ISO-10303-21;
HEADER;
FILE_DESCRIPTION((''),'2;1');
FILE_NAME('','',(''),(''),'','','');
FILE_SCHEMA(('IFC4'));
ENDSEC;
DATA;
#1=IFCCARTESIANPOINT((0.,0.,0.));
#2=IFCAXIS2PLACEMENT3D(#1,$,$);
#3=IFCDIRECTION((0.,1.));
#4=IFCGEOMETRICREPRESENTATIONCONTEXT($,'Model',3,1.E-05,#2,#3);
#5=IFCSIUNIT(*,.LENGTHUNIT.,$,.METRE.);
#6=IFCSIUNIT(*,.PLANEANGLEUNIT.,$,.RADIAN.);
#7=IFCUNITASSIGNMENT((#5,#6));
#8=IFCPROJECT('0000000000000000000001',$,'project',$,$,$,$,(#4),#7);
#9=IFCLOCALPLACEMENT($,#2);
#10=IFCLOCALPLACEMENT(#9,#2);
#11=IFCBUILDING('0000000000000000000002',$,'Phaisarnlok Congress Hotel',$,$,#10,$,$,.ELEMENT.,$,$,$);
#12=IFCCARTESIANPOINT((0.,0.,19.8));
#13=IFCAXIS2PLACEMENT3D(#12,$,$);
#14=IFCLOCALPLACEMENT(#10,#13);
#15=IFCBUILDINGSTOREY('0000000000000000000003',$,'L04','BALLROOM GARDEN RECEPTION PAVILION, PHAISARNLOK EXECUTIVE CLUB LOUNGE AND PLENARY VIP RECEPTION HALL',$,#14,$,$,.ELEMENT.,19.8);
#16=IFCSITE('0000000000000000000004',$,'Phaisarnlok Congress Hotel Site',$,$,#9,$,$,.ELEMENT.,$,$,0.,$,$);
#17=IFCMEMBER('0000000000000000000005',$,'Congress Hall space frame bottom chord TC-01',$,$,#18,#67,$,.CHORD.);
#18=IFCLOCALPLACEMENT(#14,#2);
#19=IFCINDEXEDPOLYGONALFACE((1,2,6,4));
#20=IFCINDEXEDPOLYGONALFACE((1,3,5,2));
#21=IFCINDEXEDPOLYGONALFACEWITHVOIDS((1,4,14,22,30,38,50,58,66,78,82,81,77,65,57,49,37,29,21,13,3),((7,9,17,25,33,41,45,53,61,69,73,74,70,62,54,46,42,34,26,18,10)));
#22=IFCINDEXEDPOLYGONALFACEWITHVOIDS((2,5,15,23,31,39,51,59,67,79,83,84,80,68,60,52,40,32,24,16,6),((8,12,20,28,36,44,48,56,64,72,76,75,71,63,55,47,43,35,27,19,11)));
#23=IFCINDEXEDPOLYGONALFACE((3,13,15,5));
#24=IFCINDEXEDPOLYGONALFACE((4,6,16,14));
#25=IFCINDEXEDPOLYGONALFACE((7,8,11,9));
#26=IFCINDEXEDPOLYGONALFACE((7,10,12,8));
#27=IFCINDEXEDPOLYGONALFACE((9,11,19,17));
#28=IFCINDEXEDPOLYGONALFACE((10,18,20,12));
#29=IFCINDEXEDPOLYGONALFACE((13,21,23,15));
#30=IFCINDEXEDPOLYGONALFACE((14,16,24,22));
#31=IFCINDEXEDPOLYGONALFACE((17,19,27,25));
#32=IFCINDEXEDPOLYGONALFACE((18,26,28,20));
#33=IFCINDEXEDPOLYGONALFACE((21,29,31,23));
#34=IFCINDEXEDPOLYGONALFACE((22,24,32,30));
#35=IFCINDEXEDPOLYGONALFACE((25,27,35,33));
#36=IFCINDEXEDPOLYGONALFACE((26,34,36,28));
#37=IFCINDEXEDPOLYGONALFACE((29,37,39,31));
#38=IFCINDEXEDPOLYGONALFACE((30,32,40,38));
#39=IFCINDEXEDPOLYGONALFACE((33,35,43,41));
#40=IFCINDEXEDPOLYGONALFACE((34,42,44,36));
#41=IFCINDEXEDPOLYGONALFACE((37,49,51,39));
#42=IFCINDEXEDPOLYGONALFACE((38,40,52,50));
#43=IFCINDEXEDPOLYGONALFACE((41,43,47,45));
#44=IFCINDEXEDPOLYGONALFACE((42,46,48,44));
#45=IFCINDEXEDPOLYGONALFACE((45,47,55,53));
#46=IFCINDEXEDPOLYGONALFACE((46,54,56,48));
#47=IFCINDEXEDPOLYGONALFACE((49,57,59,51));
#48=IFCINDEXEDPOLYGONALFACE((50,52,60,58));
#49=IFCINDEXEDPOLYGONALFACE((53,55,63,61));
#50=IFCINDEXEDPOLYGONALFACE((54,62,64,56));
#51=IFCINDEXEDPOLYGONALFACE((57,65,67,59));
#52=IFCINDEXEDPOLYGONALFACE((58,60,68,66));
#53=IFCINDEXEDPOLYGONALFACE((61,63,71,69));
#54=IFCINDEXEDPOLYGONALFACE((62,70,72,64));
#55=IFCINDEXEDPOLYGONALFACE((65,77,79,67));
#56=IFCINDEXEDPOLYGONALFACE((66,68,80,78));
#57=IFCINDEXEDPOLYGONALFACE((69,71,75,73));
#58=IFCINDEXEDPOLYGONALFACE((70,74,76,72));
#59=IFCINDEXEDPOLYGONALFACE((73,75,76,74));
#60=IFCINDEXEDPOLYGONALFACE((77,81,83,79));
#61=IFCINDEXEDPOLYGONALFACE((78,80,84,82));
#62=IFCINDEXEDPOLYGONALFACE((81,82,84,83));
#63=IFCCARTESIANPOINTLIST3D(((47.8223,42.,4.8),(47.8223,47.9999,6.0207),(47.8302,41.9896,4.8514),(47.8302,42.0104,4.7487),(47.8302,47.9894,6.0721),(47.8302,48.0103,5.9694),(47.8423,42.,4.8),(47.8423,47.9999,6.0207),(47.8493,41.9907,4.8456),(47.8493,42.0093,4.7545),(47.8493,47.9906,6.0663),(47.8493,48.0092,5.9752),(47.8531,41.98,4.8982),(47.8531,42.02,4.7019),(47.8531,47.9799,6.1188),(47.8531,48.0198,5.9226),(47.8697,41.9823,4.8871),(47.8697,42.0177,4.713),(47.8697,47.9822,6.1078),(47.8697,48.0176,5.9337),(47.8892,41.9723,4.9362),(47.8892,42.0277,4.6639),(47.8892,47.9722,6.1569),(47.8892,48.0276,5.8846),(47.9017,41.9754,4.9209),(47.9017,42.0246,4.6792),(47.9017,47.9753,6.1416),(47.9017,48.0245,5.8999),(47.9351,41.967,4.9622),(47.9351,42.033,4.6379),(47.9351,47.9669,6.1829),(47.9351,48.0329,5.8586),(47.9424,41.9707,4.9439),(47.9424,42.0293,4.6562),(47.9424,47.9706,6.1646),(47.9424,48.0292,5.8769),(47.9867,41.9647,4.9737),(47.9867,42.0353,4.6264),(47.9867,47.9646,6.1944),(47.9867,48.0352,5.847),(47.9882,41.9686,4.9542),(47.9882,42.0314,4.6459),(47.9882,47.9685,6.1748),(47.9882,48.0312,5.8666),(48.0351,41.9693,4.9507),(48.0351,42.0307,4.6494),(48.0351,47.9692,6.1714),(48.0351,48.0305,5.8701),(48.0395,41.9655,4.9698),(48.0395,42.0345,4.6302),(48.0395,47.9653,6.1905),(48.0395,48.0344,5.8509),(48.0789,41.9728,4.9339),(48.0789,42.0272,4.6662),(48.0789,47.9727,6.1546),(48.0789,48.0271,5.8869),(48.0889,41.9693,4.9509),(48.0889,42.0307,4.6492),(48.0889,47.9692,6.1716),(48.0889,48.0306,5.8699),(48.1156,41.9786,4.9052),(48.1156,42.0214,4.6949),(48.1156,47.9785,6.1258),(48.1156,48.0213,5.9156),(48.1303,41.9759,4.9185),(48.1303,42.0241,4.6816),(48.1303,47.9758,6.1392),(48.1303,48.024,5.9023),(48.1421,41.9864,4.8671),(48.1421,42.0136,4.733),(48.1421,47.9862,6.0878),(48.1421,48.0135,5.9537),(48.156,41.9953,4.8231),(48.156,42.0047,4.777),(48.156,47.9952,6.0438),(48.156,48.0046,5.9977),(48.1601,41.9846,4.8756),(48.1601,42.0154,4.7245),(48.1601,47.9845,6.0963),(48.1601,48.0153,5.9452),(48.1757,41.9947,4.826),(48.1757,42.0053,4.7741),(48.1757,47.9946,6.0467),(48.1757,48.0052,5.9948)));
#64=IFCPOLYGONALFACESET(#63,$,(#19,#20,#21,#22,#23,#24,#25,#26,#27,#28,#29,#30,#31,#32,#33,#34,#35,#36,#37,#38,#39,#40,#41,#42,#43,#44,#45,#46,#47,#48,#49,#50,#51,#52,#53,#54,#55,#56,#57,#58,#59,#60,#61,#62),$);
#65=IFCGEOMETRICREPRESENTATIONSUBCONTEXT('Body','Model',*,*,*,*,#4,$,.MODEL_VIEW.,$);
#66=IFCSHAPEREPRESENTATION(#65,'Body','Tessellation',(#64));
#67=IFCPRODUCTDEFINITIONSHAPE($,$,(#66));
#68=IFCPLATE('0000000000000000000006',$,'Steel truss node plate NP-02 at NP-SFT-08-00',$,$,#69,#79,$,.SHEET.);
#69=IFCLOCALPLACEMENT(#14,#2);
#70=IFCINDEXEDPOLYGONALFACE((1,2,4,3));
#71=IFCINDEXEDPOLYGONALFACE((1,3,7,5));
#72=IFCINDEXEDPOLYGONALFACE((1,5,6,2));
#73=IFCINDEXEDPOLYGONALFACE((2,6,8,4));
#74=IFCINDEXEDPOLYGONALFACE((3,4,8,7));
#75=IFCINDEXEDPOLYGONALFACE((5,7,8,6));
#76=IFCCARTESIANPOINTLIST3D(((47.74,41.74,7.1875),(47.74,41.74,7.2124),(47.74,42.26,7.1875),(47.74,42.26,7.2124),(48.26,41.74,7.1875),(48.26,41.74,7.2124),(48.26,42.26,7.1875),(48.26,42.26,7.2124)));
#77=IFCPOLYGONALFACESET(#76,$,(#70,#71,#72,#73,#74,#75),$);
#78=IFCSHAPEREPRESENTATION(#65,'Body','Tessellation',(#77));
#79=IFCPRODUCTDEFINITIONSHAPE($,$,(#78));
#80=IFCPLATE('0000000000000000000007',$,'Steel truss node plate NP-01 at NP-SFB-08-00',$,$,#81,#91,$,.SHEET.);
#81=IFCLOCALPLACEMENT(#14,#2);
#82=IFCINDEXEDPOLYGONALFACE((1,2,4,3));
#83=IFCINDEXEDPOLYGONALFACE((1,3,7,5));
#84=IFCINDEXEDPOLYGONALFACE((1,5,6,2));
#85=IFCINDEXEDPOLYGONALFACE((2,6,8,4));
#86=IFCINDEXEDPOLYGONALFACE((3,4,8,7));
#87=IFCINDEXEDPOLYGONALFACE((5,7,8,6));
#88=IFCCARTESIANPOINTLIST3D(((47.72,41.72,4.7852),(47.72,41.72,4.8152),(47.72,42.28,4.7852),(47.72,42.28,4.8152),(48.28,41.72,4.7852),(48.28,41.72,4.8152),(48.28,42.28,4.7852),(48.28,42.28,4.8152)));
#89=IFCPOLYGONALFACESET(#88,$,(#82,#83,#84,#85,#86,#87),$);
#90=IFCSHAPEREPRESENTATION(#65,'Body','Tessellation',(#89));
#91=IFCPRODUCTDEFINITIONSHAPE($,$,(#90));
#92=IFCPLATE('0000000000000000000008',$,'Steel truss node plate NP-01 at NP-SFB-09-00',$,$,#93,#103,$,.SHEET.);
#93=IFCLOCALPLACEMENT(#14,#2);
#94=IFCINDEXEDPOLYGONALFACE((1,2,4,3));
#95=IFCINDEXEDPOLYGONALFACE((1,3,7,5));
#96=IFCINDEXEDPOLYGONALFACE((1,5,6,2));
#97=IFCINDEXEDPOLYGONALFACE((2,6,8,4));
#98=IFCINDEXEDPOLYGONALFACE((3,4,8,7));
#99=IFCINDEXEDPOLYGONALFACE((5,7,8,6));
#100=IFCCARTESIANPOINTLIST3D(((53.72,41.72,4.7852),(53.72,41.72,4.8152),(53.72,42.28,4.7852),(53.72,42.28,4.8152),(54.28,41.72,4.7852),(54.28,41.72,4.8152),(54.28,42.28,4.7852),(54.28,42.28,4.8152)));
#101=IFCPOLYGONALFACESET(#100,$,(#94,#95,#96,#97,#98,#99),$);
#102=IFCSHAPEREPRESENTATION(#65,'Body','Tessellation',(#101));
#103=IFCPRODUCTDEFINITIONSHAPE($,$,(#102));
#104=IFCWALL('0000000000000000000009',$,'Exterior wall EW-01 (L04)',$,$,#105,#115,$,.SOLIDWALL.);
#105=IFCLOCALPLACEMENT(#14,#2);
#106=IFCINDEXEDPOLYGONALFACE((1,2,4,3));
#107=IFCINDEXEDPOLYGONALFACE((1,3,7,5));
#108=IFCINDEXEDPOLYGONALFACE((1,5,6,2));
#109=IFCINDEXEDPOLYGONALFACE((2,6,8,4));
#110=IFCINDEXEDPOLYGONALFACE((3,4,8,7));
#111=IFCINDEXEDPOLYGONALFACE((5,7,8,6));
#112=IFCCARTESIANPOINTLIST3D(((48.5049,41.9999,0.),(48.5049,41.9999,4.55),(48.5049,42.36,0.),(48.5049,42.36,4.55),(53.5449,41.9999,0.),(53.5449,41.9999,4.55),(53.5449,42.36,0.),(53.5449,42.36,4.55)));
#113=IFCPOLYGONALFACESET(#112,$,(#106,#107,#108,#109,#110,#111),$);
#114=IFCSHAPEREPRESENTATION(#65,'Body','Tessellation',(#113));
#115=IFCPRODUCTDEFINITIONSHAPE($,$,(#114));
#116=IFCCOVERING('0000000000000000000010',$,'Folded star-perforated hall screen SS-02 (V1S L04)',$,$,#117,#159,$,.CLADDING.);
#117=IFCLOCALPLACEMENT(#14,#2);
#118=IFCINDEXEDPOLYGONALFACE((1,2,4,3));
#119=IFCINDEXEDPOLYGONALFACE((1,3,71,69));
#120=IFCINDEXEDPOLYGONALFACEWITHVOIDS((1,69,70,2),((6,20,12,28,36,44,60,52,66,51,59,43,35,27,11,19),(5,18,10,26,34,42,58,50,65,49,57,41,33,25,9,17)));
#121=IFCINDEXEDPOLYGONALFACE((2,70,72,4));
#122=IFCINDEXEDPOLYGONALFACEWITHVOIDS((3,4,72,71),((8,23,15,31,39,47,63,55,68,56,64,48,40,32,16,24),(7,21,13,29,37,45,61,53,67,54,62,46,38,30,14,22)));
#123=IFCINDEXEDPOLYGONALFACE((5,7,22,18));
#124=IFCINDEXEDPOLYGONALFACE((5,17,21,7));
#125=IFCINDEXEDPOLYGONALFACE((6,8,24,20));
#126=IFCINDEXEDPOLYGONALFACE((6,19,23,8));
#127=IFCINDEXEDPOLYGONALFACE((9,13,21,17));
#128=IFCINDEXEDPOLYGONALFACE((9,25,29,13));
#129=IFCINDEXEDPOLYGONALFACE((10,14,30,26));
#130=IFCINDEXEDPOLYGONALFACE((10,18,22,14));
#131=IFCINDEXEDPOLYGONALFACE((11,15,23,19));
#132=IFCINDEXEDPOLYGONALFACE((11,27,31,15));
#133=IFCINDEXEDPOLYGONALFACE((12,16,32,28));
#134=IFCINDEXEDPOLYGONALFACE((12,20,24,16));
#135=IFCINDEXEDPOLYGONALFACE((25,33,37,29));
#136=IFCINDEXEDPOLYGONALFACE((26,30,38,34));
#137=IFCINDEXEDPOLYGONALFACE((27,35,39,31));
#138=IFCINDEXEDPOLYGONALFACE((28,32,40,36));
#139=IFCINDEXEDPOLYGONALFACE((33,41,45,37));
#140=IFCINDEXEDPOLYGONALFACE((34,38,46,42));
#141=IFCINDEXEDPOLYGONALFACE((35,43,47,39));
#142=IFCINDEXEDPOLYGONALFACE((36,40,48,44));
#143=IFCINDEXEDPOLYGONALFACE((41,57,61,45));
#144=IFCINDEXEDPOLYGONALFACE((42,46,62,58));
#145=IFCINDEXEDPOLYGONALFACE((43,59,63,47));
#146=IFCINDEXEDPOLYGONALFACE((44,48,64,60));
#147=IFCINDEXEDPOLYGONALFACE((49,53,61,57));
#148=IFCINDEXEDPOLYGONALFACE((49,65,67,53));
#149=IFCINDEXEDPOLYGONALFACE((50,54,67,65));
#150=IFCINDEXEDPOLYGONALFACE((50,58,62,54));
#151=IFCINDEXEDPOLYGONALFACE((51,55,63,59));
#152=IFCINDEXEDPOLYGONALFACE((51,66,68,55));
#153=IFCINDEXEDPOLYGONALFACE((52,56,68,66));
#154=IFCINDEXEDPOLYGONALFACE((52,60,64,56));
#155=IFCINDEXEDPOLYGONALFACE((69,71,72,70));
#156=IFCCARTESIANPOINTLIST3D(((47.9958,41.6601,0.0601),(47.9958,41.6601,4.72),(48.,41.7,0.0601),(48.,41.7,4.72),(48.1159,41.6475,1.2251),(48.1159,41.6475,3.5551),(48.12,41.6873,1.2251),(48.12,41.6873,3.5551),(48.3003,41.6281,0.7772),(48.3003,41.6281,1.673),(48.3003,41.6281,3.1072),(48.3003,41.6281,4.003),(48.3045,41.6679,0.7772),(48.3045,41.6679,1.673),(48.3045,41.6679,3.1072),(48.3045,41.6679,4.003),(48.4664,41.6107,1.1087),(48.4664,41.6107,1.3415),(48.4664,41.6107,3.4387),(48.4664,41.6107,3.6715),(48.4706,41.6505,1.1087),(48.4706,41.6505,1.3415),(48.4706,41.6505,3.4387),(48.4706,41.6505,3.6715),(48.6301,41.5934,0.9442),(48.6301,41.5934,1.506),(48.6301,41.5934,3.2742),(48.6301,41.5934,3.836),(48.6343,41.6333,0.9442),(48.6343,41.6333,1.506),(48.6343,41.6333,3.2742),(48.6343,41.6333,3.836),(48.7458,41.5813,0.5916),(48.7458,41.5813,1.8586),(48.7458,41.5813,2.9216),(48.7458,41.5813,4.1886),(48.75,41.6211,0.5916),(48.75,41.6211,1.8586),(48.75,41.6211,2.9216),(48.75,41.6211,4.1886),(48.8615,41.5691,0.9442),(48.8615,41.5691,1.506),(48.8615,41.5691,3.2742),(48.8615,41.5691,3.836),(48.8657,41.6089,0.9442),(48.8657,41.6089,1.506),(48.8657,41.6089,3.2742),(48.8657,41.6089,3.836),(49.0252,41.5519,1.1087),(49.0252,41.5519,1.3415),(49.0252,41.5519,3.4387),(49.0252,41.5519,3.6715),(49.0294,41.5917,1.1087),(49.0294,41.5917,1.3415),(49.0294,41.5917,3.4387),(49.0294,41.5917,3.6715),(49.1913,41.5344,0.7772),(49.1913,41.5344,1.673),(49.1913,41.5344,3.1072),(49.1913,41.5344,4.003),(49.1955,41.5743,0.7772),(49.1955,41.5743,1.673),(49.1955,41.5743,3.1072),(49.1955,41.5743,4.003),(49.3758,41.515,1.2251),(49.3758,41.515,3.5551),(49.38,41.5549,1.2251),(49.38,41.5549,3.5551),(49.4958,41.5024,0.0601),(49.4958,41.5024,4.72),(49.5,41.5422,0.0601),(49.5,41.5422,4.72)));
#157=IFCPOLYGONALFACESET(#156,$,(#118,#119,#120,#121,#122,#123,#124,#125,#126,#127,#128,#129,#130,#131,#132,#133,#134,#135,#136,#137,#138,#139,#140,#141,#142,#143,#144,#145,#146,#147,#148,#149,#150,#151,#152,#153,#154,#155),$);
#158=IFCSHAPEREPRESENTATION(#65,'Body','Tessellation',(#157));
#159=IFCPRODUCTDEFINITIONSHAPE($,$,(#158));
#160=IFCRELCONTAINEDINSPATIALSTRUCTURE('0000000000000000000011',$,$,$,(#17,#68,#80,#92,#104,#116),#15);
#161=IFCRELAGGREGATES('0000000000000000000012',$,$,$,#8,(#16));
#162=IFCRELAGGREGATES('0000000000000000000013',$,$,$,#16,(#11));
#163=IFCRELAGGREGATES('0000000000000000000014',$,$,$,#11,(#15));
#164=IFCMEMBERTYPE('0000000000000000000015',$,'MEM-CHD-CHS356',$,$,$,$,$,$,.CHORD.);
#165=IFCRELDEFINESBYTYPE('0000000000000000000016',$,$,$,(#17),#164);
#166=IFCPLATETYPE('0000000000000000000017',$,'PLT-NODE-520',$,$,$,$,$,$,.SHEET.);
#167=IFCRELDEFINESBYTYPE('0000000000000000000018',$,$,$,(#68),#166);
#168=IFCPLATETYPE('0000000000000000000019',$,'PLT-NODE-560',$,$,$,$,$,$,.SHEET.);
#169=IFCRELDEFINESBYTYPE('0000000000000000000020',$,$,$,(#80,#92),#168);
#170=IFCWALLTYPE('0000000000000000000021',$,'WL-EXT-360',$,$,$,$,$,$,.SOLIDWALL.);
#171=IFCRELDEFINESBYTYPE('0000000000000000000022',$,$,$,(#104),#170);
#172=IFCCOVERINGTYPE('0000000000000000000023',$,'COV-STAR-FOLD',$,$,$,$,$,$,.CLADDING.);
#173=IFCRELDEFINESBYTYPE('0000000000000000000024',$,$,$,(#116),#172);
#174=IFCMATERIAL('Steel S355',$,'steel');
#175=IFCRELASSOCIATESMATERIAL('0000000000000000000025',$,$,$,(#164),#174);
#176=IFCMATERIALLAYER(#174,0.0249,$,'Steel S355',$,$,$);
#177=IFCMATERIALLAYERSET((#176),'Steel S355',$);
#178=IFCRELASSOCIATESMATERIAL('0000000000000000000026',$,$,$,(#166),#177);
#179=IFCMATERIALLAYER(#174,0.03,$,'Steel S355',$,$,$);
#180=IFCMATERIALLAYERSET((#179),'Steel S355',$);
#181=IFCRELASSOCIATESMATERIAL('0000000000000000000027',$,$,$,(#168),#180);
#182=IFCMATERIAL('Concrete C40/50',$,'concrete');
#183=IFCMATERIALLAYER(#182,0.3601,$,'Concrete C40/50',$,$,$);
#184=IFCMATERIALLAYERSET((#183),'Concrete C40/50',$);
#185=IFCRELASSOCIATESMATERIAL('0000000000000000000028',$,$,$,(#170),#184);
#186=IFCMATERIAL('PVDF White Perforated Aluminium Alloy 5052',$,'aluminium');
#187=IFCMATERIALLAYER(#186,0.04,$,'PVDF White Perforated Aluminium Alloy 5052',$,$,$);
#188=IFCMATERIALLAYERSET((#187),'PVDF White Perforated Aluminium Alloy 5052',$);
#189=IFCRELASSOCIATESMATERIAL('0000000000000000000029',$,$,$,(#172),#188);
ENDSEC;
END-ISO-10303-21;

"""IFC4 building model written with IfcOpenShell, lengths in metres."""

from ifc_helpers import new_model, si_unit, direction, frame, frame_2d, origin, origin_2d, place, context, subcontext, project, spatial, polyline, rectangle, hollow_circle, outline, extrude, material, layer, layer_set, material_profile, profile_set, type_object, element, save


model = new_model("IFC4")

# Units and contexts
model_context = context("Model", 3, precision=1e-05, world=origin(), true_north=direction((0.0, 1.0)))
body_context = subcontext(model_context, "Body", "Model", "MODEL_VIEW")
ifc_project = project(units=[si_unit("LENGTHUNIT", "METRE"), si_unit("PLANEANGLEUNIT", "RADIAN")], contexts=[model_context])

# Site, building, storey
site_placement = place(None, origin())
site = spatial("IfcSite", under=ifc_project, at=site_placement, Name="Phaisarnlok Congress Hotel Site", CompositionType="ELEMENT", RefElevation=0.0)
building_placement = place(site_placement, origin())
building = spatial("IfcBuilding", under=site, at=building_placement, Name="Phaisarnlok Congress Hotel", CompositionType="ELEMENT")
storey_placement = place(building_placement, frame((0.0, 0.0, 19.8)))
storey = spatial("IfcBuildingStorey", under=building, at=storey_placement, Name="L04", Description="BALLROOM GARDEN RECEPTION PAVILION, PHAISARNLOK EXECUTIVE CLUB LOUNGE AND PLENARY VIP RECEPTION HALL", CompositionType="ELEMENT", Elevation=19.8)

# Member
ifc_material_1 = material(Name="Steel S355", Category="steel")
ifc_material_profile_1 = material_profile(ifc_material_1, hollow_circle(Radius=0.1777, WallThickness=0.02, at=origin_2d()), Name="CHS 355.6x20")
ifc_profile_set_1 = profile_set([ifc_material_profile_1], Name="Steel S355")
member_type_1 = type_object("IfcMemberType", Name="MEM-CHD-CHS356", PredefinedType="CHORD", material=ifc_profile_set_1)
member_1_placement = place(storey_placement, frame((48.0, 42.0, 4.8), z_axis=(0.0, 0.979925, 0.199366), x_axis=(-1.0, 0.0, 0.0)))
element("IfcMember", 1, at=member_1_placement, inside=storey, type_object=member_type_1, Name="Congress Hall space frame bottom chord TC-01", PredefinedType="CHORD", context=body_context, shape_type="SweptSolid", body=[
    extrude(hollow_circle(Radius=0.1777, WallThickness=0.02, at=origin_2d()), origin(), (0.0, 0.0, 1.0), 6.1228),
])

# Plates
ifc_layer_1 = layer(ifc_material_1, 0.0249, Name="Steel S355")
ifc_layer_set_1 = layer_set([ifc_layer_1], Name="Steel S355")
plate_type_1 = type_object("IfcPlateType", Name="PLT-NODE-520", PredefinedType="SHEET", material=ifc_layer_set_1)
plate_placement = place(storey_placement, frame((48.0, 42.0, 7.1875), z_axis=(0.0, 0.0, 1.0), x_axis=(1.0, 0.0, 0.0)))
element("IfcPlate", 2, at=plate_placement, inside=storey, type_object=plate_type_1, Name="Steel truss node plate NP-02 at NP-SFT-08-00", PredefinedType="SHEET", context=body_context, shape_type="SweptSolid", body=[
    extrude(rectangle(XDim=0.52, YDim=0.52, at=origin_2d()), origin(), (0.0, 0.0, 1.0), 0.0249),
])
ifc_layer_2 = layer(ifc_material_1, 0.03, Name="Steel S355")
ifc_layer_set_2 = layer_set([ifc_layer_2], Name="Steel S355")
plate_type_2 = type_object("IfcPlateType", Name="PLT-NODE-560", PredefinedType="SHEET", material=ifc_layer_set_2)
for number, where, z_axis, x_axis, name in (
    (3, (48.0, 42.0, 4.7852), (0.0, 0.0, 1.0), (1.0, 0.0, 0.0), "Steel truss node plate NP-01 at NP-SFB-08-00"),
    (4, (54.0, 42.0, 4.7852), (0.0, 0.0, 1.0), (1.0, 0.0, 0.0), "Steel truss node plate NP-01 at NP-SFB-09-00"),
):
    element("IfcPlate", number, at=place(storey_placement, frame(where, z_axis=z_axis, x_axis=x_axis)), inside=storey, type_object=plate_type_2, Name=name, PredefinedType="SHEET", context=body_context, shape_type="SweptSolid", body=[
        extrude(rectangle(XDim=0.5601, YDim=0.5601, at=origin_2d()), origin(), (0.0, 0.0, 1.0), 0.03),
    ])

# Wall
ifc_material_2 = material(Name="Concrete C40/50", Category="concrete")
ifc_layer_3 = layer(ifc_material_2, 0.3601, Name="Concrete C40/50")
ifc_layer_set_3 = layer_set([ifc_layer_3], Name="Concrete C40/50")
wall_type = type_object("IfcWallType", Name="WL-EXT-360", PredefinedType="SOLIDWALL", material=ifc_layer_set_3)
wall_placement = place(storey_placement, frame((48.5049, 42.1799, 0.0), z_axis=(0.0, 0.0, 1.0), x_axis=(1.0, 0.0, 0.0)))
element("IfcWall", 5, at=wall_placement, inside=storey, type_object=wall_type, Name="Exterior wall EW-01 (L04)", PredefinedType="SOLIDWALL", context=body_context, shape_type="SweptSolid", body=[
    extrude(rectangle(XDim=5.04, YDim=0.3601, at=frame_2d((2.52, 0.0))), origin(), (0.0, 0.0, 1.0), 4.55),
])

# Covering
ifc_material_3 = material(Name="PVDF White Perforated Aluminium Alloy 5052", Category="aluminium")
ifc_layer_4 = layer(ifc_material_3, 0.04, Name="PVDF White Perforated Aluminium Alloy 5052")
ifc_layer_set_4 = layer_set([ifc_layer_4], Name="PVDF White Perforated Aluminium Alloy 5052")
covering_type = type_object("IfcCoveringType", Name="COV-STAR-FOLD", PredefinedType="CLADDING", material=ifc_layer_set_4)
for number, where, z_axis, x_axis, name in (
    (6, (48.0, 41.7, 0.0601), (-0.104567, -0.994518, 0.0), (0.994518, -0.104567, 0.0), "Folded star-perforated hall screen SS-02 (V1S L04)"),
):
    element("IfcCovering", number, at=place(storey_placement, frame(where, z_axis=z_axis, x_axis=x_axis)), inside=storey, type_object=covering_type, Name=name, PredefinedType="CLADDING", context=body_context, shape_type="SweptSolid", body=[
        extrude(outline(polyline([(0.0, 0.0), (1.5083, 0.0), (1.5083, 4.6599), (0.0, 4.6599), (0.0, 0.0)]), holes=[polyline([(1.0351, 1.0486), (1.2021, 0.7171), (0.8705, 0.8841), (0.7541, 0.5315), (0.6378, 0.8841), (0.3062, 0.7171), (0.4732, 1.0486), (0.1207, 1.165), (0.4732, 1.2814), (0.3062, 1.6129), (0.6378, 1.4459), (0.7541, 1.7985), (0.8705, 1.4459), (1.2021, 1.6129), (1.0351, 1.2814), (1.3876, 1.165), (1.0351, 1.0486)]), polyline([(1.0351, 3.3786), (1.2021, 3.0471), (0.8705, 3.2141), (0.7541, 2.8615), (0.6378, 3.2141), (0.3062, 3.0471), (0.4732, 3.3786), (0.1207, 3.495), (0.4732, 3.6114), (0.3062, 3.9429), (0.6378, 3.7759), (0.7541, 4.1285), (0.8705, 3.7759), (1.2021, 3.9429), (1.0351, 3.6114), (1.3876, 3.495), (1.0351, 3.3786)])]), origin(), (0.0, 0.0, 1.0), 0.04),
    ])

save(model, "model.ifc")
